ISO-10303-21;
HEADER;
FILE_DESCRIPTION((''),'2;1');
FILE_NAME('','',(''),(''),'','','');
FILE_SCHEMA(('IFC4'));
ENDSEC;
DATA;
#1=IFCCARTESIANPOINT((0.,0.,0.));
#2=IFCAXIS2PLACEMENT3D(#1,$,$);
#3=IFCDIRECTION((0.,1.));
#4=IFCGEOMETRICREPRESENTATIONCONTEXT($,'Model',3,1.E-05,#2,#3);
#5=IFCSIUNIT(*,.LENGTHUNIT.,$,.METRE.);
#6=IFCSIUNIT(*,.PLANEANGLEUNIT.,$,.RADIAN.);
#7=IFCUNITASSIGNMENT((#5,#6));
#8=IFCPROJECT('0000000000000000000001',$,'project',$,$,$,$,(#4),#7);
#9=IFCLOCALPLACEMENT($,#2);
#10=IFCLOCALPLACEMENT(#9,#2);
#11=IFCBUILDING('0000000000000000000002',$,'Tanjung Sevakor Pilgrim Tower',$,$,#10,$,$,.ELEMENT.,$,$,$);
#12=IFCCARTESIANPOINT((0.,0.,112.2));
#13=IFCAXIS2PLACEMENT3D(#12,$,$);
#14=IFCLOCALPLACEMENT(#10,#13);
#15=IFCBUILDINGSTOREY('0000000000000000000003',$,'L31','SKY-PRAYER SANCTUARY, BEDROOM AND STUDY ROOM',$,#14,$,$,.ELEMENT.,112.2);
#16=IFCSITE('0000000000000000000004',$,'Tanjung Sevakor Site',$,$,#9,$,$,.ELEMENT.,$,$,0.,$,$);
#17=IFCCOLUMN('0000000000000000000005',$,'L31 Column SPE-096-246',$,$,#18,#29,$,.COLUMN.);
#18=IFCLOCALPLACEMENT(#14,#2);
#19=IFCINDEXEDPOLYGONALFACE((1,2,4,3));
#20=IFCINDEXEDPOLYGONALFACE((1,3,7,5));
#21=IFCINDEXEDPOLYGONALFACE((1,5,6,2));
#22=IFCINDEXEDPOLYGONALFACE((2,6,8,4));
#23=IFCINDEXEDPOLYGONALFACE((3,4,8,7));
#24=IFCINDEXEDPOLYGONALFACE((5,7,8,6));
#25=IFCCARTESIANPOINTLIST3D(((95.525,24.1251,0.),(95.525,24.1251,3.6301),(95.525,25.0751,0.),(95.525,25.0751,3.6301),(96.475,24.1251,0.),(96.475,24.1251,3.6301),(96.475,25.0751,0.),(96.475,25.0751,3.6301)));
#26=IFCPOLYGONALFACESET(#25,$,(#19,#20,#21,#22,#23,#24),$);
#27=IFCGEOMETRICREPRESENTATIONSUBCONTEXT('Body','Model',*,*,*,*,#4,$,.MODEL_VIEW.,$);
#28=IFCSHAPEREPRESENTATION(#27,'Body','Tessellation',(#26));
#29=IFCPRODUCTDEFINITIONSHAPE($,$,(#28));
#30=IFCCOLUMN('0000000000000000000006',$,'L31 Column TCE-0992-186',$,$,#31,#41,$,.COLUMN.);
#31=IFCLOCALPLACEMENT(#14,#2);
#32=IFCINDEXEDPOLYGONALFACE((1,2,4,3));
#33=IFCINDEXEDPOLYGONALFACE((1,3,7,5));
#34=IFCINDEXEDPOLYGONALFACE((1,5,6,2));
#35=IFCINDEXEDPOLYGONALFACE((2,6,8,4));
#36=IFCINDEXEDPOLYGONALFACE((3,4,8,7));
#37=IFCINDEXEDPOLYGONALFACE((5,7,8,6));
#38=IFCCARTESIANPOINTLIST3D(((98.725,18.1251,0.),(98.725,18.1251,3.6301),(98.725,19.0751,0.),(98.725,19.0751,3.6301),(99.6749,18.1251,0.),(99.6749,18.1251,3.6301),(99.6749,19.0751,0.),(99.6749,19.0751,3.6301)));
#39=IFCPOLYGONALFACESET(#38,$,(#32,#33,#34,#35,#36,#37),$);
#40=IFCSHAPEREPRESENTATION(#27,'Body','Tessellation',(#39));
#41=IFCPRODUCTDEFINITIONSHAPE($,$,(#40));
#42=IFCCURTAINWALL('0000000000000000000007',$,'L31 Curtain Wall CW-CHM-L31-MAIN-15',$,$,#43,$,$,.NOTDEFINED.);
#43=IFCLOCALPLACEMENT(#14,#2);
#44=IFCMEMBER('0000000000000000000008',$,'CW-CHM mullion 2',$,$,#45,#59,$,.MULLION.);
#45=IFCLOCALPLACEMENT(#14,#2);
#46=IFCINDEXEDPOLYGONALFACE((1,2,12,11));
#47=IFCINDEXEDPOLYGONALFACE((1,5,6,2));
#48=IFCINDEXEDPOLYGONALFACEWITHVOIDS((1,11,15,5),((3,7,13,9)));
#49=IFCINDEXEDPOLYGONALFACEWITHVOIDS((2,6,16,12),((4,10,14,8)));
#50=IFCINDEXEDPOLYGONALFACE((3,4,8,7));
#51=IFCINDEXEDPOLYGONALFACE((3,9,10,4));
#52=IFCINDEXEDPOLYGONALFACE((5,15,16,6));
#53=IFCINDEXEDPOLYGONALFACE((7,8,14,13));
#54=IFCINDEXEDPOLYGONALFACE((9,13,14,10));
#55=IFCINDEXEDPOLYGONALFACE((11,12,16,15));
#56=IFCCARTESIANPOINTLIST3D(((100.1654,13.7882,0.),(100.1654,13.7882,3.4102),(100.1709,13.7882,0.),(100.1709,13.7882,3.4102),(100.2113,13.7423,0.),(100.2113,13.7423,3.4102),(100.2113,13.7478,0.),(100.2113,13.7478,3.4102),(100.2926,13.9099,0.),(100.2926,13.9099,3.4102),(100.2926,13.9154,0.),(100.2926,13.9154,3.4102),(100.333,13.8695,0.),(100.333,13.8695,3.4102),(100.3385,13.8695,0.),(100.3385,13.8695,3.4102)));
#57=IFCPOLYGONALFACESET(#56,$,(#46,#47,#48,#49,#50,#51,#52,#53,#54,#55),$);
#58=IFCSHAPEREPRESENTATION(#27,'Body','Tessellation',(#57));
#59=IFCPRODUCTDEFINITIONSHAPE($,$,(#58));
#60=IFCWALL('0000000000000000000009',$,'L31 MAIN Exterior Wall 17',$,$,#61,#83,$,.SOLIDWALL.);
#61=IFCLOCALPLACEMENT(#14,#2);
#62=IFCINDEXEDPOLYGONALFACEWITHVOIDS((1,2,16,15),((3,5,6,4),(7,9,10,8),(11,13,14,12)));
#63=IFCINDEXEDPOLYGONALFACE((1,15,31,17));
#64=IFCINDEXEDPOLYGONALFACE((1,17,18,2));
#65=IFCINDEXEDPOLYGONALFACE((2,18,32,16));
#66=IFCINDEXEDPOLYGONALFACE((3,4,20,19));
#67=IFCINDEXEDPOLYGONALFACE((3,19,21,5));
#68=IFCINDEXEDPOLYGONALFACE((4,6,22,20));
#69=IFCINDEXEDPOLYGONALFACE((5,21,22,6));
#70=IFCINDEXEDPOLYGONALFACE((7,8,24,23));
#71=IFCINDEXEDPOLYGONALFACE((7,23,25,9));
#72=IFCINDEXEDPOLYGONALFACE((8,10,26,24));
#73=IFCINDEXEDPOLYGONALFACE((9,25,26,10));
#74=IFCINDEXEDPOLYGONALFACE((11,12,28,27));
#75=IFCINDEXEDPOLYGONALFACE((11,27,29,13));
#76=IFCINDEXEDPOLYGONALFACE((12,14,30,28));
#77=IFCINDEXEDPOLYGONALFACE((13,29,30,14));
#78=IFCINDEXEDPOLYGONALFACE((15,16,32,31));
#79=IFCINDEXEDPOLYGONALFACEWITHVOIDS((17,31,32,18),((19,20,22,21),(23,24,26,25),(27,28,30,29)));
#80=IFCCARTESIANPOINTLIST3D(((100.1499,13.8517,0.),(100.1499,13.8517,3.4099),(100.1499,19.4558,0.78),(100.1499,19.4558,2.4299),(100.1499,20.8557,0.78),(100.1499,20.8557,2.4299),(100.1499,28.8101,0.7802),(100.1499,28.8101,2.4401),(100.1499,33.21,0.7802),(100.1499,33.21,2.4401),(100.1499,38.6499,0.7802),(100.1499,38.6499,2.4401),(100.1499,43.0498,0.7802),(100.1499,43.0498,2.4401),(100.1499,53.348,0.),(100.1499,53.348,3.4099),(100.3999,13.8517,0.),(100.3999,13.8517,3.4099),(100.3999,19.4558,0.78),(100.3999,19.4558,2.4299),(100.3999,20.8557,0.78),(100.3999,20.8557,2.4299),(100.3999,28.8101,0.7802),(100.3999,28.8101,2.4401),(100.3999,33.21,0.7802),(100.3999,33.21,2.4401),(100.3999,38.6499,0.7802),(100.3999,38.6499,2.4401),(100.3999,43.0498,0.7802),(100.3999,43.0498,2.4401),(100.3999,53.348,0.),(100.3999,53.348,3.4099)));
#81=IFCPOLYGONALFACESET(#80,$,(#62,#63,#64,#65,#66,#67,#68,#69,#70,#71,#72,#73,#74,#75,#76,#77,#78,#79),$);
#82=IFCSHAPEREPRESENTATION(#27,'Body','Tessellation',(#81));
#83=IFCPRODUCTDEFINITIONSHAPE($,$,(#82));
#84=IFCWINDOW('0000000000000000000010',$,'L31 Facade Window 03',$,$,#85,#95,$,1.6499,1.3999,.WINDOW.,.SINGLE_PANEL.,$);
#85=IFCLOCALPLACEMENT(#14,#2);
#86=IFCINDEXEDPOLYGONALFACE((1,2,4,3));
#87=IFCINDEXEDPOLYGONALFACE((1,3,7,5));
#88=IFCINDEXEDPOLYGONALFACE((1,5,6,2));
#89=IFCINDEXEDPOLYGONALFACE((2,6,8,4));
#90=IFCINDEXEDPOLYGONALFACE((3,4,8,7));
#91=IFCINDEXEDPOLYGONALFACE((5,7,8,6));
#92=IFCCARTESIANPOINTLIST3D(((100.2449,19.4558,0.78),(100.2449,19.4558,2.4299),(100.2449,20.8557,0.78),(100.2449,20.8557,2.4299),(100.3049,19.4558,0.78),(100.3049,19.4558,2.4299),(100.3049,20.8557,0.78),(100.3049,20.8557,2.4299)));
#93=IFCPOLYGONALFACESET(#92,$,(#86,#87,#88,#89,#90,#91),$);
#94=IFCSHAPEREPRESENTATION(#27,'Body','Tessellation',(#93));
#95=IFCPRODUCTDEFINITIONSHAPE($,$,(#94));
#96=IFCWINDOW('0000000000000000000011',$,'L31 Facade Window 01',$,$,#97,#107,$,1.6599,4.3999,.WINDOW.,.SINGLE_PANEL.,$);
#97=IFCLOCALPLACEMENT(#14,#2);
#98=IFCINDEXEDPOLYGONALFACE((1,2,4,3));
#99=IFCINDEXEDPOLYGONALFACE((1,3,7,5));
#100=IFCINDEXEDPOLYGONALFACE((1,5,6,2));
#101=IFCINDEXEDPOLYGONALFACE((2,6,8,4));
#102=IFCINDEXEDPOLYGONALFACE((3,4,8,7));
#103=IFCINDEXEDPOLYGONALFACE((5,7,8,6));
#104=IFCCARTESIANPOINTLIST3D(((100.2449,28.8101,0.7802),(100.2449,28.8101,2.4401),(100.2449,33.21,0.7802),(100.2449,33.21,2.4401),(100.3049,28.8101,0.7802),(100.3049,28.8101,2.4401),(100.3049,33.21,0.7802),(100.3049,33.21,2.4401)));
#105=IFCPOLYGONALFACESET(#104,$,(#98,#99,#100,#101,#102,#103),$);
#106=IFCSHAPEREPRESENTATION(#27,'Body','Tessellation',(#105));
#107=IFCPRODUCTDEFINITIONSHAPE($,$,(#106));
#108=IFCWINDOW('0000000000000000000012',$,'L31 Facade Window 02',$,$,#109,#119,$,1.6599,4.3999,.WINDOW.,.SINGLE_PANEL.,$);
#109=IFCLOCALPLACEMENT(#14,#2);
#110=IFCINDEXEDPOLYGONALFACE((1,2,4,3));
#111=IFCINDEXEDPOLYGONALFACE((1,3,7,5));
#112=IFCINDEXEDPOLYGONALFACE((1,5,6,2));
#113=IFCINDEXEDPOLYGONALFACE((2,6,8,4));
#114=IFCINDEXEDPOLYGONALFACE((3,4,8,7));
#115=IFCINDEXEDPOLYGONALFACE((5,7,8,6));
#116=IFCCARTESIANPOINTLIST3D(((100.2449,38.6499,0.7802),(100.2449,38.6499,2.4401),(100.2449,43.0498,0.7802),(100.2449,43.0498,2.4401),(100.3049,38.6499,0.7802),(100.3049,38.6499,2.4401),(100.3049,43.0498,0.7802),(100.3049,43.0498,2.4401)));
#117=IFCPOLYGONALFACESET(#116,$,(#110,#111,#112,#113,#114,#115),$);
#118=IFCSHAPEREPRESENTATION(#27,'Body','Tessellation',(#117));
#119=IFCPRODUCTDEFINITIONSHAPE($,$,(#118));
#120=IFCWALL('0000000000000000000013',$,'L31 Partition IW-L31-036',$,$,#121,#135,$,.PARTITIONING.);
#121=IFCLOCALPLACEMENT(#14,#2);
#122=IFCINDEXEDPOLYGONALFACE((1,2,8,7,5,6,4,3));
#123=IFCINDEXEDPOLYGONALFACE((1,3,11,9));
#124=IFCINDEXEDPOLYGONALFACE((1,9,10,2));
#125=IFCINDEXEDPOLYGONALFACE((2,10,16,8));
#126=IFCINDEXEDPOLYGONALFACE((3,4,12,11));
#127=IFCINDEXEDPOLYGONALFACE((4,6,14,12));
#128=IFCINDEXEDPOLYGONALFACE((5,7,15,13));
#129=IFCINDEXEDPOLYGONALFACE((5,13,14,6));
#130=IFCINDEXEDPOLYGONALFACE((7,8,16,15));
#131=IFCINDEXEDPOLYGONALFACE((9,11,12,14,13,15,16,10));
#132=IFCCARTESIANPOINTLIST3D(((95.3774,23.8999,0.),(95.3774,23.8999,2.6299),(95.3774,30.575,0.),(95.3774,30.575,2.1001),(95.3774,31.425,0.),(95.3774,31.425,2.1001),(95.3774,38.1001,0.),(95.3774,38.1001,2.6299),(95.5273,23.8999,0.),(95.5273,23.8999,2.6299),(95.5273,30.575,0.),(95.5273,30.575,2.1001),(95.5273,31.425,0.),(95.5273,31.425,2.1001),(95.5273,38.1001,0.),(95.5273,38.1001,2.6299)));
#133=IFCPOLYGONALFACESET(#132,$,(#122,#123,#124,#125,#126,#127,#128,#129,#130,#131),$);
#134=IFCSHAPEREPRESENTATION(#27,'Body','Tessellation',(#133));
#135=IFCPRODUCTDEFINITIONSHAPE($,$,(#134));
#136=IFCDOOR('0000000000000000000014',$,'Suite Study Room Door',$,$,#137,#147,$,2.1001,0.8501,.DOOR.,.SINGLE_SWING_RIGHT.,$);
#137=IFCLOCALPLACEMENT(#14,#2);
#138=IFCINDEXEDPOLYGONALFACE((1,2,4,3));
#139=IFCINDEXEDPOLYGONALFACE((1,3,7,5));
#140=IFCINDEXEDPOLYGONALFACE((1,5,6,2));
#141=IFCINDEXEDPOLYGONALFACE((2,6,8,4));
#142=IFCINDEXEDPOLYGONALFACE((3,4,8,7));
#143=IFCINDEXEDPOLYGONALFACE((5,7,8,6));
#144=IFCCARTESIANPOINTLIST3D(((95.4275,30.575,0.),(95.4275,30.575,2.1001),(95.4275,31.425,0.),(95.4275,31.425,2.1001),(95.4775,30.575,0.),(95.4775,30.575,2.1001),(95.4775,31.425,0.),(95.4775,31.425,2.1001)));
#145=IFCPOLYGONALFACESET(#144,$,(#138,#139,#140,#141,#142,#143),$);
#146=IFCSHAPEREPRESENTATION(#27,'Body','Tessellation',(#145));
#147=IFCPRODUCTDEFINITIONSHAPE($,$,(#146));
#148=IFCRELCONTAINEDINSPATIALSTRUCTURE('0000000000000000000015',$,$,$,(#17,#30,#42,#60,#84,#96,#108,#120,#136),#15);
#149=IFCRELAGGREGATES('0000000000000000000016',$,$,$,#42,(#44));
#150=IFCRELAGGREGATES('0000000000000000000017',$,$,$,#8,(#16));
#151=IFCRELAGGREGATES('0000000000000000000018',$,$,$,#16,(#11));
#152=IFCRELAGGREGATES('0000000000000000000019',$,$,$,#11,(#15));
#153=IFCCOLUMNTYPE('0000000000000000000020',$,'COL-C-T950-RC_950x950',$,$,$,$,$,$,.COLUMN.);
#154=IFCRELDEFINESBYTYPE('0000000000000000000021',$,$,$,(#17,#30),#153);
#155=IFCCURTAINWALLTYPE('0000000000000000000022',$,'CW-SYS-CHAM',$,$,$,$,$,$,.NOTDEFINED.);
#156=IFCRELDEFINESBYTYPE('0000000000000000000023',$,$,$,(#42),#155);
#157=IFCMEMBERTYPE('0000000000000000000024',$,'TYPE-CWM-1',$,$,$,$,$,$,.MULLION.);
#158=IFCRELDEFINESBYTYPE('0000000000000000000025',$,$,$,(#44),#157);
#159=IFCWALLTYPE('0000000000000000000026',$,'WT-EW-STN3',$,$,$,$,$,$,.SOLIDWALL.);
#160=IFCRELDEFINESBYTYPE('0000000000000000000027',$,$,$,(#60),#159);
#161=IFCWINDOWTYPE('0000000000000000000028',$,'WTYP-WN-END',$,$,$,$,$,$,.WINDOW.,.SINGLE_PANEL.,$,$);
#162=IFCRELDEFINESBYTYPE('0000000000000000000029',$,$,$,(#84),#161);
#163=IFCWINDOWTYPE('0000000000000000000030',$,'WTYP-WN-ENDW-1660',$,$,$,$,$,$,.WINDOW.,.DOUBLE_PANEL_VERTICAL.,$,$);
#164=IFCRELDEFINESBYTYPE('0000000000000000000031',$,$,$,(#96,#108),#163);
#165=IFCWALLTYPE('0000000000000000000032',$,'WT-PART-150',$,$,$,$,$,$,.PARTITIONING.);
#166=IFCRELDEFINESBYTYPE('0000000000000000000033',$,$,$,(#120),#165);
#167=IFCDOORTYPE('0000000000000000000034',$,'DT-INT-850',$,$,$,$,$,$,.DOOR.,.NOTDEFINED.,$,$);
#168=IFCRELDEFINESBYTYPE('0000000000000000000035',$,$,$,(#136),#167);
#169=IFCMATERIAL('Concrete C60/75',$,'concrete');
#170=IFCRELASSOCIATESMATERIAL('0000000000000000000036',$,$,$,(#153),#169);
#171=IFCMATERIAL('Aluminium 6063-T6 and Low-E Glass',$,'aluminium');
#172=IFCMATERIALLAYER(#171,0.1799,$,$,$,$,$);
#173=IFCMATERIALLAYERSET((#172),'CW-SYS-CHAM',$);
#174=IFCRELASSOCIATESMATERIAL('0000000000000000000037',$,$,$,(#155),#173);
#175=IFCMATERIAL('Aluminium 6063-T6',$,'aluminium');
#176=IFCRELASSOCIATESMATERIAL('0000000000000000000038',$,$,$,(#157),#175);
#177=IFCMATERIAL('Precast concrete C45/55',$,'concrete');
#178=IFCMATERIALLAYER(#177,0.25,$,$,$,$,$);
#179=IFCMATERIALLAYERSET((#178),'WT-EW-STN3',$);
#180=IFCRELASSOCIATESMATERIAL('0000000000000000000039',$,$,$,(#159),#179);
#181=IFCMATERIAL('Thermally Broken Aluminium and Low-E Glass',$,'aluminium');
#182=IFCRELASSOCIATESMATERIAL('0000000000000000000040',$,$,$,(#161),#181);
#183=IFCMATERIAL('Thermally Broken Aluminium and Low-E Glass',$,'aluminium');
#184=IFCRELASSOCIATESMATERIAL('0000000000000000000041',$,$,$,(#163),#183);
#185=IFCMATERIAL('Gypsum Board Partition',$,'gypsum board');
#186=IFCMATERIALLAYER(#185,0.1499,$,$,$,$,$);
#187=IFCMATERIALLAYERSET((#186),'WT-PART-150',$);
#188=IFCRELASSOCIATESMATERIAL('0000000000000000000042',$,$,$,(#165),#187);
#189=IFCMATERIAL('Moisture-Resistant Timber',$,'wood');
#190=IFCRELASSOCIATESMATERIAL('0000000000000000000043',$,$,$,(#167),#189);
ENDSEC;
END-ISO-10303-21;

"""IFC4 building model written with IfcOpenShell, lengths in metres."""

from ifc_helpers import new_model, si_unit, direction, frame, frame_2d, origin, origin_2d, place, context, subcontext, project, spatial, rectangle, hollow_rectangle, extrude, material, layer, layer_set, material_profile, profile_set, type_object, element, fill, aggregate, save


model = new_model("IFC4")

# Units and contexts
model_context = context("Model", 3, precision=1e-05, world=origin(), true_north=direction((0.0, 1.0)))
body_context = subcontext(model_context, "Body", "Model", "MODEL_VIEW")
ifc_project = project(units=[si_unit("LENGTHUNIT", "METRE"), si_unit("PLANEANGLEUNIT", "RADIAN")], contexts=[model_context])

# Site, building, storey
site_placement = place(None, origin())
site = spatial("IfcSite", under=ifc_project, at=site_placement, Name="Tanjung Sevakor Site", CompositionType="ELEMENT", RefElevation=0.0)
building_placement = place(site_placement, origin())
building = spatial("IfcBuilding", under=site, at=building_placement, Name="Tanjung Sevakor Pilgrim Tower", CompositionType="ELEMENT")
storey_placement = place(building_placement, frame((0.0, 0.0, 112.2)))
storey = spatial("IfcBuildingStorey", under=building, at=storey_placement, Name="L31", Description="SKY-PRAYER SANCTUARY, BEDROOM AND STUDY ROOM", CompositionType="ELEMENT", Elevation=112.2)

# Columns
ifc_material_1 = material(Name="Concrete C60/75", Category="concrete")
ifc_material_profile_1 = material_profile(ifc_material_1, rectangle(XDim=0.95, YDim=0.95, at=origin_2d()))
ifc_profile_set_1 = profile_set([ifc_material_profile_1], Name="Concrete C60/75")
column_type = type_object("IfcColumnType", Name="COL-C-T950-RC_950x950", PredefinedType="COLUMN", material=ifc_profile_set_1)
for number, where, z_axis, x_axis, name in (
    (1, (96.0, 24.6001, 0.0), (0.0, 0.0, 1.0), (1.0, 0.0, 0.0), "L31 Column SPE-096-246"),
    (2, (99.2, 18.6001, 0.0), (0.0, 0.0, 1.0), (1.0, 0.0, 0.0), "L31 Column TCE-0992-186"),
):
    element("IfcColumn", number, at=place(storey_placement, frame(where, z_axis=z_axis, x_axis=x_axis)), inside=storey, type_object=column_type, Name=name, PredefinedType="COLUMN", context=body_context, shape_type="SweptSolid", body=[
        extrude(rectangle(XDim=0.95, YDim=0.95, at=origin_2d()), origin(), (0.0, 0.0, 1.0), 3.6301),
    ])

# Curtain wall, member
ifc_material_2 = material(Name="Aluminium 6063-T6 and Low-E Glass", Category="aluminium")
ifc_layer_1 = layer(ifc_material_2, 0.1799)
ifc_layer_set_1 = layer_set([ifc_layer_1], Name="CW-SYS-CHAM")
curtain_wall_type = type_object("IfcCurtainWallType", Name="CW-SYS-CHAM", PredefinedType="NOTDEFINED", material=ifc_layer_set_1)
curtain_wall_placement = place(storey_placement, origin())
curtain_wall = element("IfcCurtainWall", 3, at=curtain_wall_placement, inside=storey, type_object=curtain_wall_type, Name="L31 Curtain Wall CW-CHM-L31-MAIN-15", PredefinedType="NOTDEFINED")
ifc_material_3 = material(Name="Aluminium 6063-T6", Category="aluminium")
ifc_material_profile_2 = material_profile(ifc_material_3, hollow_rectangle(XDim=0.0649, YDim=0.1799, WallThickness=0.0039, at=origin_2d()))
ifc_profile_set_2 = profile_set([ifc_material_profile_2], Name="Aluminium 6063-T6")
member_type = type_object("IfcMemberType", Name="TYPE-CWM-1", PredefinedType="MULLION", material=ifc_profile_set_2)
member_placement = place(storey_placement, frame((100.252, 13.8289, 0.0), z_axis=(0.0, 0.0, 1.0), x_axis=(-0.707107, 0.707107, 0.0)))
member = element("IfcMember", 4, at=member_placement, type_object=member_type, Name="CW-CHM mullion 2", PredefinedType="MULLION", context=body_context, shape_type="SweptSolid", body=[
    extrude(hollow_rectangle(XDim=0.0649, YDim=0.1799, WallThickness=0.0039, at=origin_2d()), origin(), (0.0, 0.0, 1.0), 3.4102),
])
aggregate(curtain_wall, [member])

# Wall, openings, windows
ifc_material_4 = material(Name="Precast concrete C45/55", Category="concrete")
ifc_layer_2 = layer(ifc_material_4, 0.25)
ifc_layer_set_2 = layer_set([ifc_layer_2], Name="WT-EW-STN3")
wall_type_1 = type_object("IfcWallType", Name="WT-EW-STN3", PredefinedType="SOLIDWALL", material=ifc_layer_set_2)
wall_1_placement = place(storey_placement, frame((100.2749, 13.8518, 0.0), z_axis=(0.0, 0.0, 1.0), x_axis=(0.0, 1.0, 0.0)))
wall_1 = element("IfcWall", 5, at=wall_1_placement, inside=storey, type_object=wall_type_1, Name="L31 MAIN Exterior Wall 17", PredefinedType="SOLIDWALL", context=body_context, shape_type="SweptSolid", body=[
    extrude(rectangle(XDim=39.4963, YDim=0.25, at=frame_2d((19.748, 0.0))), origin(), (0.0, 0.0, 1.0), 3.4099),
])
opening_1_placement = place(wall_1_placement, frame((14.9583, 0.0, 0.78)))
opening_1 = element("IfcOpeningElement", 6, at=opening_1_placement, cuts=wall_1, PredefinedType="OPENING", context=body_context, shape_type="SweptSolid", body=[
    extrude(rectangle(XDim=4.3999, YDim=1.6599, at=frame_2d((2.2, 0.8301))), frame((0.0, 0.135, 0.0), z_axis=(0.0, -1.0, 0.0), x_axis=(1.0, 0.0, 0.0)), (0.0, 0.0, 1.0), 0.27),
])
opening_2_placement = place(wall_1_placement, frame((24.7981, 0.0, 0.78)))
opening_2 = element("IfcOpeningElement", 7, at=opening_2_placement, cuts=wall_1, PredefinedType="OPENING", context=body_context, shape_type="SweptSolid", body=[
    extrude(rectangle(XDim=4.3999, YDim=1.6599, at=frame_2d((2.2, 0.8301))), frame((0.0, 0.135, 0.0), z_axis=(0.0, -1.0, 0.0), x_axis=(1.0, 0.0, 0.0)), (0.0, 0.0, 1.0), 0.27),
])
opening_3_placement = place(wall_1_placement, frame((5.604, 0.0, 0.78)))
opening_3 = element("IfcOpeningElement", 8, at=opening_3_placement, cuts=wall_1, PredefinedType="OPENING", context=body_context, shape_type="SweptSolid", body=[
    extrude(rectangle(XDim=1.3999, YDim=1.6499, at=frame_2d((0.7, 0.825))), frame((0.0, 0.135, 0.0), z_axis=(0.0, -1.0, 0.0), x_axis=(1.0, 0.0, 0.0)), (0.0, 0.0, 1.0), 0.27),
])
ifc_material_5 = material(Name="Thermally Broken Aluminium and Low-E Glass", Category="aluminium")
window_type_1 = type_object("IfcWindowType", Name="WTYP-WN-END", PartitioningType="SINGLE_PANEL", PredefinedType="WINDOW", material=ifc_material_5)
window_1_placement = place(opening_3_placement, origin())
window_1 = element("IfcWindow", 9, at=window_1_placement, inside=storey, type_object=window_type_1, Name="L31 Facade Window 03", OverallHeight=1.6499, OverallWidth=1.3999, PartitioningType="SINGLE_PANEL", PredefinedType="WINDOW", context=body_context, shape_type="SweptSolid", body=[
    extrude(rectangle(XDim=1.3999, YDim=1.6499, at=frame_2d((0.7, 0.825))), frame((0.0, 0.03, 0.0), z_axis=(0.0, -1.0, 0.0), x_axis=(1.0, 0.0, 0.0)), (0.0, 0.0, 1.0), 0.0601),
])
fill(opening_3, window_1)
ifc_material_6 = material(Name="Thermally Broken Aluminium and Low-E Glass", Category="aluminium")
window_type_2 = type_object("IfcWindowType", Name="WTYP-WN-ENDW-1660", PartitioningType="DOUBLE_PANEL_VERTICAL", PredefinedType="WINDOW", material=ifc_material_6)
window_2_placement = place(opening_1_placement, origin())
window_2 = element("IfcWindow", 10, at=window_2_placement, inside=storey, type_object=window_type_2, Name="L31 Facade Window 01", OverallHeight=1.6599, OverallWidth=4.3999, PartitioningType="SINGLE_PANEL", PredefinedType="WINDOW", context=body_context, shape_type="SweptSolid", body=[
    extrude(rectangle(XDim=4.3999, YDim=1.6599, at=frame_2d((2.2, 0.8301))), frame((0.0, 0.03, 0.0), z_axis=(0.0, -1.0, 0.0), x_axis=(1.0, 0.0, 0.0)), (0.0, 0.0, 1.0), 0.0601),
])
fill(opening_1, window_2)
window_3_placement = place(opening_2_placement, origin())
window_3 = element("IfcWindow", 11, at=window_3_placement, inside=storey, type_object=window_type_2, Name="L31 Facade Window 02", OverallHeight=1.6599, OverallWidth=4.3999, PartitioningType="SINGLE_PANEL", PredefinedType="WINDOW", context=body_context, shape_type="SweptSolid", body=[
    extrude(rectangle(XDim=4.3999, YDim=1.6599, at=frame_2d((2.2, 0.8301))), frame((0.0, 0.03, 0.0), z_axis=(0.0, -1.0, 0.0), x_axis=(1.0, 0.0, 0.0)), (0.0, 0.0, 1.0), 0.0601),
])
fill(opening_2, window_3)

# Wall, opening, door
ifc_material_7 = material(Name="Gypsum Board Partition", Category="gypsum board")
ifc_layer_3 = layer(ifc_material_7, 0.1499)
ifc_layer_set_3 = layer_set([ifc_layer_3], Name="WT-PART-150")
wall_type_2 = type_object("IfcWallType", Name="WT-PART-150", PredefinedType="PARTITIONING", material=ifc_layer_set_3)
wall_2_placement = place(storey_placement, frame((95.4524, 23.8999, 0.0), z_axis=(0.0, 0.0, 1.0), x_axis=(0.0, 1.0, 0.0)))
wall_2 = element("IfcWall", 12, at=wall_2_placement, inside=storey, type_object=wall_type_2, Name="L31 Partition IW-L31-036", PredefinedType="PARTITIONING", context=body_context, shape_type="SweptSolid", body=[
    extrude(rectangle(XDim=14.2002, YDim=0.1499, at=frame_2d((7.1001, 0.0))), origin(), (0.0, 0.0, 1.0), 2.6299),
])
opening_4_placement = place(wall_2_placement, frame((6.675, 0.0, 0.0)))
opening_4 = element("IfcOpeningElement", 13, at=opening_4_placement, cuts=wall_2, PredefinedType="OPENING", context=body_context, shape_type="SweptSolid", body=[
    extrude(rectangle(XDim=0.8501, YDim=2.1001, at=frame_2d((0.425, 1.05))), frame((0.0, 0.085, 0.0), z_axis=(0.0, -1.0, 0.0), x_axis=(1.0, 0.0, 0.0)), (0.0, 0.0, 1.0), 0.1699),
])
ifc_material_8 = material(Name="Moisture-Resistant Timber", Category="wood")
door_type = type_object("IfcDoorType", Name="DT-INT-850", OperationType="NOTDEFINED", PredefinedType="DOOR", material=ifc_material_8)
door_1_placement = place(opening_4_placement, origin())
door_1 = element("IfcDoor", 14, at=door_1_placement, inside=storey, type_object=door_type, Name="Suite Study Room Door", OperationType="SINGLE_SWING_RIGHT", OverallHeight=2.1001, OverallWidth=0.8501, PredefinedType="DOOR", context=body_context, shape_type="SweptSolid", body=[
    extrude(rectangle(XDim=0.8501, YDim=2.1001, at=frame_2d((0.425, 1.05))), frame((0.0, 0.0249, 0.0), z_axis=(0.0, -1.0, 0.0), x_axis=(1.0, 0.0, 0.0)), (0.0, 0.0, 1.0), 0.05),
])
fill(opening_4, door_1)

save(model, "model.ifc")
